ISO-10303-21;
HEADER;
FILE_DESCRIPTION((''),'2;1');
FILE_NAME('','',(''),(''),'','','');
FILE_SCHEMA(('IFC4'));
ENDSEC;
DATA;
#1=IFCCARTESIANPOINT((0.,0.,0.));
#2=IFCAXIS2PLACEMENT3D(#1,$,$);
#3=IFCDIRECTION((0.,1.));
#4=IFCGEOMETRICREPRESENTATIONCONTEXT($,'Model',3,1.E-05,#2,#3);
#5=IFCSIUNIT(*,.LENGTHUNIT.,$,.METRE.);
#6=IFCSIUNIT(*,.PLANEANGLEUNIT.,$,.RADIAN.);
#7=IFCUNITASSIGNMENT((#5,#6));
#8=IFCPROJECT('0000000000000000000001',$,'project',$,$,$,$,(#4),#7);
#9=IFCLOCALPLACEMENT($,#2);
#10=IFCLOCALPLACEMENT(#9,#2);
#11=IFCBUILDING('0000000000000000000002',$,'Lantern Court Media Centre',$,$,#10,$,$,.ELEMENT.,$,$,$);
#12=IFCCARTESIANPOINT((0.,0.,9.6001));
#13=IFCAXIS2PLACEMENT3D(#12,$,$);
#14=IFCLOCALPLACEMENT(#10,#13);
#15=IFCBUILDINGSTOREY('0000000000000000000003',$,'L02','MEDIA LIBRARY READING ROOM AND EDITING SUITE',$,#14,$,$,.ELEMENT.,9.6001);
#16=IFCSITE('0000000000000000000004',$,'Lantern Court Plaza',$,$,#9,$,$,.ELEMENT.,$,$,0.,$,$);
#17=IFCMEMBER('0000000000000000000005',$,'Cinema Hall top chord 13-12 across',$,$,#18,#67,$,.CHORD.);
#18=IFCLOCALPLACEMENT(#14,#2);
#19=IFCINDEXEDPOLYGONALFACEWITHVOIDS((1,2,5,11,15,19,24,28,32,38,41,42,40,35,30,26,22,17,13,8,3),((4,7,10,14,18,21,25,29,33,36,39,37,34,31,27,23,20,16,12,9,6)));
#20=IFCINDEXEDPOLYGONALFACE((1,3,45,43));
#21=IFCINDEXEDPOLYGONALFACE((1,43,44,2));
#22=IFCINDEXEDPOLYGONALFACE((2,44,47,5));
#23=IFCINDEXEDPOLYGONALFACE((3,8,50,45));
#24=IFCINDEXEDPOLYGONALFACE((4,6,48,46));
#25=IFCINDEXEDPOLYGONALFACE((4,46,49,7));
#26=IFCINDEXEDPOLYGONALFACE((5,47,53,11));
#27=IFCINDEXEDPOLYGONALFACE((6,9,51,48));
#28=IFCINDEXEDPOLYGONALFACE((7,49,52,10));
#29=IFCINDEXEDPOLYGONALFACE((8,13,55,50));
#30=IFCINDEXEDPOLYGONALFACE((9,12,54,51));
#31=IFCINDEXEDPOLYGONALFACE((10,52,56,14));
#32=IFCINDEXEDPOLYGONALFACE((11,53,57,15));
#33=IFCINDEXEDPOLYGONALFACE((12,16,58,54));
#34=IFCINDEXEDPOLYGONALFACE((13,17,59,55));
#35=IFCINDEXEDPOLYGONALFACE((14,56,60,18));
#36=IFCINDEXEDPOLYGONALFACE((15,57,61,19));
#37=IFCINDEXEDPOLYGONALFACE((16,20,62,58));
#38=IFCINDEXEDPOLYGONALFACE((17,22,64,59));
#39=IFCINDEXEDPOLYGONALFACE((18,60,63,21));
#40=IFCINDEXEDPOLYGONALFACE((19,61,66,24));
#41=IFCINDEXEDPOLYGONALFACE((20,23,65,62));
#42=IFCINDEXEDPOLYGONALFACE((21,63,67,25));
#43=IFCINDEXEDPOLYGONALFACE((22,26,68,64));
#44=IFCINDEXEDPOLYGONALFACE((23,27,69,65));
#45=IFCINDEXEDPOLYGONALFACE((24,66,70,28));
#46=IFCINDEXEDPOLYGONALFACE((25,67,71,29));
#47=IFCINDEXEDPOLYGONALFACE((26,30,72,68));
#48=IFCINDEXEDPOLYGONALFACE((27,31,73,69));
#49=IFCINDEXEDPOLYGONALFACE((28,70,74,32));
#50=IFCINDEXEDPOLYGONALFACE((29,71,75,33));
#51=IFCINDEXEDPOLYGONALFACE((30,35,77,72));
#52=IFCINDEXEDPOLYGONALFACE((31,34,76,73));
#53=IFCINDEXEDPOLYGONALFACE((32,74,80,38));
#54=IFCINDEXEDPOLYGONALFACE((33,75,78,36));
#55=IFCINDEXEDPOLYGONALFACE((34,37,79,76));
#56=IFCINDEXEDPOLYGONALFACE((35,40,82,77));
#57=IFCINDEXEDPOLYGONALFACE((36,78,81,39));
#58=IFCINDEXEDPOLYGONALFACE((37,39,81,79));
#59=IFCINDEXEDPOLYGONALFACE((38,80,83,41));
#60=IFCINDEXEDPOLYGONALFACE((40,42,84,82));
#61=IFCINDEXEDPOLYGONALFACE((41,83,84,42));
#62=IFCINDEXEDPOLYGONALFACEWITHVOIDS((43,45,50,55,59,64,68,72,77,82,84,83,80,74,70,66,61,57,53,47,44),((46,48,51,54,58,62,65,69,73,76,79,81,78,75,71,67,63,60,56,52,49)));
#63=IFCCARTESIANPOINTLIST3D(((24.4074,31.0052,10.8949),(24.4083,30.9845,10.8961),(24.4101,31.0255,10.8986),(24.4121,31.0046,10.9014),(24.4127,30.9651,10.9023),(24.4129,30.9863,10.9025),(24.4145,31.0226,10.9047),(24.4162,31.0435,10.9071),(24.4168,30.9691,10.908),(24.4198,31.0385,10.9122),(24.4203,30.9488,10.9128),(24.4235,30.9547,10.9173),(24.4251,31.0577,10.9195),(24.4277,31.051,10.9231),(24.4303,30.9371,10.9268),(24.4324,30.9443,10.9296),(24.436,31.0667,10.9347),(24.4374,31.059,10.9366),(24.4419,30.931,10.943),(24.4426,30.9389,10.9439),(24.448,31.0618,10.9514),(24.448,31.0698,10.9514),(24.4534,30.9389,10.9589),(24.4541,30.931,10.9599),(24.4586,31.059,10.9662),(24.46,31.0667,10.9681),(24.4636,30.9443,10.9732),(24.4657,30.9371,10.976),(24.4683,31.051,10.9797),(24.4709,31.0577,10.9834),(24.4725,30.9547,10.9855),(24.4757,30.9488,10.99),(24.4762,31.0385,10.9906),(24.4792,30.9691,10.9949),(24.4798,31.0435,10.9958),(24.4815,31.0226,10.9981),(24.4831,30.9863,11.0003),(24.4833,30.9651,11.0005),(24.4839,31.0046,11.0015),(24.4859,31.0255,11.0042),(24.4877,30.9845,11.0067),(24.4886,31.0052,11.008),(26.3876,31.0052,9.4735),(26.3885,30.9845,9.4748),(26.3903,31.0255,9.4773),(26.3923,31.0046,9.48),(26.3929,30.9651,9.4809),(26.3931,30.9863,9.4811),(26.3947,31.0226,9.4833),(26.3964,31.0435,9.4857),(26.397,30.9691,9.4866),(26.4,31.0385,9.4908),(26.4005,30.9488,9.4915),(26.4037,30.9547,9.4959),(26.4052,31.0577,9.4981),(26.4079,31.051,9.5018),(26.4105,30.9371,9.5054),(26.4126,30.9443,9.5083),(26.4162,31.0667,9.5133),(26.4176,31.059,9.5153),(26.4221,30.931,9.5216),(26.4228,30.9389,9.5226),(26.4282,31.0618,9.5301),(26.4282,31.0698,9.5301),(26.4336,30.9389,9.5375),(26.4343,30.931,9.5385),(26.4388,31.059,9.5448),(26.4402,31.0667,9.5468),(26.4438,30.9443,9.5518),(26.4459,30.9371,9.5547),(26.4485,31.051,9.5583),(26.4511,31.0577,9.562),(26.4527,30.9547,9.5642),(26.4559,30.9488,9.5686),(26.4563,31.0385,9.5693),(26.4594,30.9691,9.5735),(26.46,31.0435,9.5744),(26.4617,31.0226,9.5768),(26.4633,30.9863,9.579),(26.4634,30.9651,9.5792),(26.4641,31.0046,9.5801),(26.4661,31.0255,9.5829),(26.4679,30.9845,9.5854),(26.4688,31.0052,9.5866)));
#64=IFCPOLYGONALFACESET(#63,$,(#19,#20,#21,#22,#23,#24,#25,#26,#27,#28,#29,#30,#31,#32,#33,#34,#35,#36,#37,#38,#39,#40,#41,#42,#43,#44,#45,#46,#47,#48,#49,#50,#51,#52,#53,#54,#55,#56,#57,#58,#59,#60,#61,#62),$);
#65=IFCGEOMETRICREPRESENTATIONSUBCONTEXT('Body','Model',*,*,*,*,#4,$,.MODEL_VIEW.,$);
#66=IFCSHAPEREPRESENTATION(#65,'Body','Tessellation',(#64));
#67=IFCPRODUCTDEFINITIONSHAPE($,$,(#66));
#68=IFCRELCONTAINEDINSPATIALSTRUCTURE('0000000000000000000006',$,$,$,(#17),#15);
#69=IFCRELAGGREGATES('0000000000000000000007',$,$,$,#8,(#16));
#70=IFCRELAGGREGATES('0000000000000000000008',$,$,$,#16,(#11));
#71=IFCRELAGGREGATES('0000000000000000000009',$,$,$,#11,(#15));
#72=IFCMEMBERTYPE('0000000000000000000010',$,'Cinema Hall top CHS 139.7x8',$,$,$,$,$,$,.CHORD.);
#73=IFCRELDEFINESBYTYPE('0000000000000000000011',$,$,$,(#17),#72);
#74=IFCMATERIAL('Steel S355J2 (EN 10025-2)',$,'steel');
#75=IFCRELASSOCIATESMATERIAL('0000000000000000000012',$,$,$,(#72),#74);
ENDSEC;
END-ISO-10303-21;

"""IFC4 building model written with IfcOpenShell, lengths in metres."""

from ifc_helpers import new_model, si_unit, direction, frame, origin, origin_2d, place, context, subcontext, project, spatial, hollow_circle, extrude, material, material_profile, profile_set, type_object, element, save


model = new_model("IFC4")

# Units and contexts
model_context = context("Model", 3, precision=1e-05, world=origin(), true_north=direction((0.0, 1.0)))
body_context = subcontext(model_context, "Body", "Model", "MODEL_VIEW")
ifc_project = project(units=[si_unit("LENGTHUNIT", "METRE"), si_unit("PLANEANGLEUNIT", "RADIAN")], contexts=[model_context])

# Site, building, storey
site_placement = place(None, origin())
site = spatial("IfcSite", under=ifc_project, at=site_placement, Name="Lantern Court Plaza", CompositionType="ELEMENT", RefElevation=0.0)
building_placement = place(site_placement, origin())
building = spatial("IfcBuilding", under=site, at=building_placement, Name="Lantern Court Media Centre", CompositionType="ELEMENT")
storey_placement = place(building_placement, frame((0.0, 0.0, 9.6001)))
storey = spatial("IfcBuildingStorey", under=building, at=storey_placement, Name="L02", Description="MEDIA LIBRARY READING ROOM AND EDITING SUITE", CompositionType="ELEMENT", Elevation=9.6001)

# Member
ifc_material = material(Name="Steel S355J2 (EN 10025-2)", Category="steel")
ifc_material_profile_1 = material_profile(ifc_material, hollow_circle(Radius=0.0698, WallThickness=0.0081, at=origin_2d()), Name="Cinema Hall top CHS 139.7x8")
ifc_profile_set_1 = profile_set([ifc_material_profile_1], Name="Steel S355J2 (EN 10025-2)")
member_type_1 = type_object("IfcMemberType", Name="Cinema Hall top CHS 139.7x8", PredefinedType="CHORD", material=ifc_profile_set_1)
for number, where, z_axis, x_axis, name in (
    (1, (24.448, 31.0, 10.9514), (0.812385, 0.0, -0.583122), (0.0, 1.0, 0.0), "Cinema Hall top chord 13-12 across"),
):
    element("IfcMember", number, at=place(storey_placement, frame(where, z_axis=z_axis, x_axis=x_axis)), inside=storey, type_object=member_type_1, Name=name, PredefinedType="CHORD", context=body_context, shape_type="SweptSolid", body=[
        extrude(hollow_circle(Radius=0.0698, WallThickness=0.0081, at=origin_2d()), origin(), (0.0, 0.0, 1.0), 2.4375),
    ])

save(model, "model.ifc")
